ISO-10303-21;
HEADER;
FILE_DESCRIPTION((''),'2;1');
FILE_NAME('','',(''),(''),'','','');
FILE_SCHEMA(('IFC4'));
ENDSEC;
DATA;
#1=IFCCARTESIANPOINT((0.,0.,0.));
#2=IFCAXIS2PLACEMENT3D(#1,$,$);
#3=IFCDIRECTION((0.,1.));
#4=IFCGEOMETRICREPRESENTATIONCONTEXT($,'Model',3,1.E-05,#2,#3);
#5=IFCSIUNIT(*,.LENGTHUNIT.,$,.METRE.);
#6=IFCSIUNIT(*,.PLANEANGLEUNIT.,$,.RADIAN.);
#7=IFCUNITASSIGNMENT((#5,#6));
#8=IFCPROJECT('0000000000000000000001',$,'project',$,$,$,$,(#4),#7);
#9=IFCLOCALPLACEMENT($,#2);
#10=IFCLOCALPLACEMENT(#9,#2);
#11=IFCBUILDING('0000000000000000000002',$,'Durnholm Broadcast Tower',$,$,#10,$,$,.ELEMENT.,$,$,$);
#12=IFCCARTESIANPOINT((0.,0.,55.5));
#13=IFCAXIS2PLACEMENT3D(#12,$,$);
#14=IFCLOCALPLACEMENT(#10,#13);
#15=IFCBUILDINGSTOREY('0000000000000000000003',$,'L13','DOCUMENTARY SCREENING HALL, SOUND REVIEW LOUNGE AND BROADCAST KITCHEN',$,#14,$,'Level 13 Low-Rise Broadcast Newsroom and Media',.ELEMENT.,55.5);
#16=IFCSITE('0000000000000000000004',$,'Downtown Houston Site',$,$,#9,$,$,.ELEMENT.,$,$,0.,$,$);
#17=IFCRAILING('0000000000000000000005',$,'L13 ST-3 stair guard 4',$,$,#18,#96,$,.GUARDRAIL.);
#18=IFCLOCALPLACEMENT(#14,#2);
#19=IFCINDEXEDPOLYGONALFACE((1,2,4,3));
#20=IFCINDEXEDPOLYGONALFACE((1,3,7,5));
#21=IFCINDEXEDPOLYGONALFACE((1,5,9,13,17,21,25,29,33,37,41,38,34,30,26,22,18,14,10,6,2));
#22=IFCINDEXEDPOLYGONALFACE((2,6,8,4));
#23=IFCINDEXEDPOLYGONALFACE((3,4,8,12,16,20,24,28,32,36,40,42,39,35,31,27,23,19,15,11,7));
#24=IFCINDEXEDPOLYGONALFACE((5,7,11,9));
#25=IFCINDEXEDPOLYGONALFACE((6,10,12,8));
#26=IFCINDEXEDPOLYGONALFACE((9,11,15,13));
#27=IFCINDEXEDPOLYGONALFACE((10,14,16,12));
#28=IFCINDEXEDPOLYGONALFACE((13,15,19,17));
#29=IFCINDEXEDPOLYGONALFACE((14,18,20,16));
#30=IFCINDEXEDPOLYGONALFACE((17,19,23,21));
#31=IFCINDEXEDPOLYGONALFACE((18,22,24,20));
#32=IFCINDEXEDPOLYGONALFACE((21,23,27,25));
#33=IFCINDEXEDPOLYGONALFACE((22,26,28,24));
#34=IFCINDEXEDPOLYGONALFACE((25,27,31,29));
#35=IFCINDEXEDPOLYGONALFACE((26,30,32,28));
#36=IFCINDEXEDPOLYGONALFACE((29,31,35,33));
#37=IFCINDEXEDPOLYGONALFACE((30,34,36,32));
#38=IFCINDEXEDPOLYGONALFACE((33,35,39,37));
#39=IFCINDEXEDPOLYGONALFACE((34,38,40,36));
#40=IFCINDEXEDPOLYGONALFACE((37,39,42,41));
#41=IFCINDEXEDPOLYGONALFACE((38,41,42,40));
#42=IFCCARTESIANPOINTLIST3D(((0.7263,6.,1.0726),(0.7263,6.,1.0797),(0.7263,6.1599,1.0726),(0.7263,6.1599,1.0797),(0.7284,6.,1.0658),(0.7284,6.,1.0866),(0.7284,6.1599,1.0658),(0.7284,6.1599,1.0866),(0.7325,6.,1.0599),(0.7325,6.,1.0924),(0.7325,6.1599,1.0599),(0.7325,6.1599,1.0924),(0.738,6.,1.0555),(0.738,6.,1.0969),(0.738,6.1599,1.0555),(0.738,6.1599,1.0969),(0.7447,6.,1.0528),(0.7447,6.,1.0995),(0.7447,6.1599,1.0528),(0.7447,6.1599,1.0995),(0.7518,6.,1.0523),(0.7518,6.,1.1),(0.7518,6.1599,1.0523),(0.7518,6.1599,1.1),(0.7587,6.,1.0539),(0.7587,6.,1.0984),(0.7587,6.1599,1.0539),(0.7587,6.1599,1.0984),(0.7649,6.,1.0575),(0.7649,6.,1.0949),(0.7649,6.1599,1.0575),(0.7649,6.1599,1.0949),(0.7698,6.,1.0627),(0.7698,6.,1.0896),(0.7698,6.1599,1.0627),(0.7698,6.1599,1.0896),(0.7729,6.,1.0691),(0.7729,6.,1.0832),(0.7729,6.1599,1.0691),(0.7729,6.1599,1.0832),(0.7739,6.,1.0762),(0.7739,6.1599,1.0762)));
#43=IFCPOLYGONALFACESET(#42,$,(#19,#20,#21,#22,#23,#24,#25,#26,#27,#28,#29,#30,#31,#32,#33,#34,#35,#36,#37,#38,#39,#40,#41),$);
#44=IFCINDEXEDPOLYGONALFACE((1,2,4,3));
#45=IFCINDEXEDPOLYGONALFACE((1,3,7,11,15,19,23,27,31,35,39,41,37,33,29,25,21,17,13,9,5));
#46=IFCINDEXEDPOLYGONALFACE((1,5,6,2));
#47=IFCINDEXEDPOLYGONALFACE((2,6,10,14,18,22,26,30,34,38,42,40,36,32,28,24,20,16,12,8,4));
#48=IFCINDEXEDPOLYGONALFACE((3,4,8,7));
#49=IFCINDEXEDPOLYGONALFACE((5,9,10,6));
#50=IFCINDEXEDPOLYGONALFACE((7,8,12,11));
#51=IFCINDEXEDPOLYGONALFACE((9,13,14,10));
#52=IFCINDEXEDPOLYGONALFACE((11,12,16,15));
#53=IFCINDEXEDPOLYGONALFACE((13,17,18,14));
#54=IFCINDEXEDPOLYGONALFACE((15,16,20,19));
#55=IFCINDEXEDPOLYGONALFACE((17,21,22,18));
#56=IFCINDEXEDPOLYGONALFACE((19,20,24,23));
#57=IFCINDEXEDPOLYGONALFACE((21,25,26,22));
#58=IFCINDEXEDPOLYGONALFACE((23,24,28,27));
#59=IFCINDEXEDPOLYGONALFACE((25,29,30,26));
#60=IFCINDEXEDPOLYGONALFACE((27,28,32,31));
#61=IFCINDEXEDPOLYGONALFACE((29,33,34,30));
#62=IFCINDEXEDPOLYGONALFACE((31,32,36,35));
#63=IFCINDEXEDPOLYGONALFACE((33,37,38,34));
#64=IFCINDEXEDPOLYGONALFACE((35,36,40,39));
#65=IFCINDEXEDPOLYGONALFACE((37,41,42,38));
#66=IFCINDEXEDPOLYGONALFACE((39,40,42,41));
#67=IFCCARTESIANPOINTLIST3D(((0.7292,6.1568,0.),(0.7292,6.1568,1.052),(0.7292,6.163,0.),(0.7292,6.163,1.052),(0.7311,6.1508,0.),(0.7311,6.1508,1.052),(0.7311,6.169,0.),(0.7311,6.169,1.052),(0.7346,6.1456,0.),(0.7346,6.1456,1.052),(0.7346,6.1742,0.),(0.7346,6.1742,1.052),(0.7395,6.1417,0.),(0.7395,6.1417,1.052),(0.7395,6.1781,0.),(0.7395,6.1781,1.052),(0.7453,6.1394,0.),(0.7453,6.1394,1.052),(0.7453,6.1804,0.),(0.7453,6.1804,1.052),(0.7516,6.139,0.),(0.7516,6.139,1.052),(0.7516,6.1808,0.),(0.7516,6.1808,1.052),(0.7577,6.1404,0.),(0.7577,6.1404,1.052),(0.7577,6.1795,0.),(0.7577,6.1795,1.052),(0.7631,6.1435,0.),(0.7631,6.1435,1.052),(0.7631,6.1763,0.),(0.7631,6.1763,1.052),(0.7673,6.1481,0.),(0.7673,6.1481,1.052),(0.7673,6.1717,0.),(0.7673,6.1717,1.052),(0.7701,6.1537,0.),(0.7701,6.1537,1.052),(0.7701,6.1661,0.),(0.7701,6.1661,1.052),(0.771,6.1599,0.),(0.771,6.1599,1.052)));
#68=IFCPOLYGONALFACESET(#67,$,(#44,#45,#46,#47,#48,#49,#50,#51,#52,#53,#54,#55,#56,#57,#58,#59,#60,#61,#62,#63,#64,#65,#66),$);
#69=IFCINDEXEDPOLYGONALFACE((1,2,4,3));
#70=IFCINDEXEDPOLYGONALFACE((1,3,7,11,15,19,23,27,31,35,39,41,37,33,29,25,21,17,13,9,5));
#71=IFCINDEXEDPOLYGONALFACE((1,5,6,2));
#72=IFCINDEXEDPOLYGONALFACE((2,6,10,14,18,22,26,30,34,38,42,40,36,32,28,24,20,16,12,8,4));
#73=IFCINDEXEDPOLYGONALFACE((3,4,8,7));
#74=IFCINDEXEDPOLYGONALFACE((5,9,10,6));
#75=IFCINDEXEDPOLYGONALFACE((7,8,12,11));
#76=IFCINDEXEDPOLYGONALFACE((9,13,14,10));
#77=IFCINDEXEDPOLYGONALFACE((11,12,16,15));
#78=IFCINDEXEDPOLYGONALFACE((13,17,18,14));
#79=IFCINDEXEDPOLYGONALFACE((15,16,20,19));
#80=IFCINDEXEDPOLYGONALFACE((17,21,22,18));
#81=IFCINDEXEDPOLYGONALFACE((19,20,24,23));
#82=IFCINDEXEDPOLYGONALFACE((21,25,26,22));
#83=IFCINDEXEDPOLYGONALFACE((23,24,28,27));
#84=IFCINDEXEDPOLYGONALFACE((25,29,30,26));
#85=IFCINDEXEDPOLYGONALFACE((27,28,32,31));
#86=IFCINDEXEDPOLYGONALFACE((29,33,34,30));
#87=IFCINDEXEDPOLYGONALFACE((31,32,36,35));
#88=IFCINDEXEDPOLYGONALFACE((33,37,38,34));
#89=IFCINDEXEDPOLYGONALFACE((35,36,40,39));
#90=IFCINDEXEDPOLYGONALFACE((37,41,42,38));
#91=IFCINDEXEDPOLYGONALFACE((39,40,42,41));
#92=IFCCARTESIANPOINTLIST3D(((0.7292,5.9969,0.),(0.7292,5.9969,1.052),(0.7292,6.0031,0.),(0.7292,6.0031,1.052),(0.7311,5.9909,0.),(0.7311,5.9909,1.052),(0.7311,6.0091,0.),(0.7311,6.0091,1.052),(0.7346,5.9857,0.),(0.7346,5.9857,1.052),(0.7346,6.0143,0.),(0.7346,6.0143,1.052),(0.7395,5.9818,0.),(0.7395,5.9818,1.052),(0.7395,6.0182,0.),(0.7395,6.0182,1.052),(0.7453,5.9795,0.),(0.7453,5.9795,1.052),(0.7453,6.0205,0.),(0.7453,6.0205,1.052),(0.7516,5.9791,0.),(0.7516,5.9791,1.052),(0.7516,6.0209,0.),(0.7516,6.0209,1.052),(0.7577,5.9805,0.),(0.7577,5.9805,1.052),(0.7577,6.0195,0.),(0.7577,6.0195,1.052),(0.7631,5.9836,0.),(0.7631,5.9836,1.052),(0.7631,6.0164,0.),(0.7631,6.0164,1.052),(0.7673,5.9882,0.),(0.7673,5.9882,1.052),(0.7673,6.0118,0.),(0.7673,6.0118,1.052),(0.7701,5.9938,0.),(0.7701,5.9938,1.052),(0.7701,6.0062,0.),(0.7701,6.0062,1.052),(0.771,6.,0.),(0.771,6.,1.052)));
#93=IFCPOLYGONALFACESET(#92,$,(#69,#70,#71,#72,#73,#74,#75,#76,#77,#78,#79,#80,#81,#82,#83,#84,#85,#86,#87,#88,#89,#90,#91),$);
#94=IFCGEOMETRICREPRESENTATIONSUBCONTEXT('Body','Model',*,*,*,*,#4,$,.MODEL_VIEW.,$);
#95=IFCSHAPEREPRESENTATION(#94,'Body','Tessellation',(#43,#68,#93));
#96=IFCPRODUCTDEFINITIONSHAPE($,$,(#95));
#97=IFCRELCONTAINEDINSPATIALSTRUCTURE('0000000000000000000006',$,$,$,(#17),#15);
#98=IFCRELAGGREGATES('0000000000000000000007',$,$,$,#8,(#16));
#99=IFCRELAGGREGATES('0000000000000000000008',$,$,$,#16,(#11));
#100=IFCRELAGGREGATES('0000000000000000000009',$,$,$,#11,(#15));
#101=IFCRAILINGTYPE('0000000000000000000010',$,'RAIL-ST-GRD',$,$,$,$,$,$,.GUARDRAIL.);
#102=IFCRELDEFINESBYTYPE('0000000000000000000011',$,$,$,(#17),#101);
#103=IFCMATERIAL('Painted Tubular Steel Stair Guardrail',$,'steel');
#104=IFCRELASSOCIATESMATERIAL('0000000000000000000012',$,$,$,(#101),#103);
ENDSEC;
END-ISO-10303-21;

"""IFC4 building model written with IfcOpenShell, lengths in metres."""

from ifc_helpers import new_model, si_unit, direction, frame, origin, origin_2d, place, context, subcontext, project, spatial, circle, extrude, material, type_object, element, save


model = new_model("IFC4")

# Units and contexts
model_context = context("Model", 3, precision=1e-05, world=origin(), true_north=direction((0.0, 1.0)))
body_context = subcontext(model_context, "Body", "Model", "MODEL_VIEW")
ifc_project = project(units=[si_unit("LENGTHUNIT", "METRE"), si_unit("PLANEANGLEUNIT", "RADIAN")], contexts=[model_context])

# Site, building, storey
site_placement = place(None, origin())
site = spatial("IfcSite", under=ifc_project, at=site_placement, Name="Downtown Houston Site", CompositionType="ELEMENT", RefElevation=0.0)
building_placement = place(site_placement, origin())
building = spatial("IfcBuilding", under=site, at=building_placement, Name="Durnholm Broadcast Tower", CompositionType="ELEMENT")
storey_placement = place(building_placement, frame((0.0, 0.0, 55.5)))
storey = spatial("IfcBuildingStorey", under=building, at=storey_placement, Name="L13", Description="DOCUMENTARY SCREENING HALL, SOUND REVIEW LOUNGE AND BROADCAST KITCHEN", LongName="Level 13 Low-Rise Broadcast Newsroom and Media", CompositionType="ELEMENT", Elevation=55.5)

# Railing
ifc_material_1 = material(Name="Painted Tubular Steel Stair Guardrail", Category="steel")
railing_type_1 = type_object("IfcRailingType", Name="RAIL-ST-GRD", PredefinedType="GUARDRAIL", material=ifc_material_1)
railing_1_placement = place(storey_placement, frame((0.75, 6.1599, 0.0)))
element("IfcRailing", 1, at=railing_1_placement, inside=storey, type_object=railing_type_1, Name="L13 ST-3 stair guard 4", PredefinedType="GUARDRAIL", context=body_context, shape_type="SweptSolid", body=[
    extrude(circle(Radius=0.0239, at=origin_2d()), frame((0.0, 0.0, 1.0762), z_axis=(0.0, -1.0, 0.0), x_axis=(1.0, 0.0, 0.0)), (0.0, 0.0, 1.0), 0.1599),
    extrude(circle(Radius=0.021, at=origin_2d()), origin(), (0.0, 0.0, 1.0), 1.052),
    extrude(circle(Radius=0.021, at=origin_2d()), frame((0.0, -0.1599, 0.0)), (0.0, 0.0, 1.0), 1.052),
])

save(model, "model.ifc")
